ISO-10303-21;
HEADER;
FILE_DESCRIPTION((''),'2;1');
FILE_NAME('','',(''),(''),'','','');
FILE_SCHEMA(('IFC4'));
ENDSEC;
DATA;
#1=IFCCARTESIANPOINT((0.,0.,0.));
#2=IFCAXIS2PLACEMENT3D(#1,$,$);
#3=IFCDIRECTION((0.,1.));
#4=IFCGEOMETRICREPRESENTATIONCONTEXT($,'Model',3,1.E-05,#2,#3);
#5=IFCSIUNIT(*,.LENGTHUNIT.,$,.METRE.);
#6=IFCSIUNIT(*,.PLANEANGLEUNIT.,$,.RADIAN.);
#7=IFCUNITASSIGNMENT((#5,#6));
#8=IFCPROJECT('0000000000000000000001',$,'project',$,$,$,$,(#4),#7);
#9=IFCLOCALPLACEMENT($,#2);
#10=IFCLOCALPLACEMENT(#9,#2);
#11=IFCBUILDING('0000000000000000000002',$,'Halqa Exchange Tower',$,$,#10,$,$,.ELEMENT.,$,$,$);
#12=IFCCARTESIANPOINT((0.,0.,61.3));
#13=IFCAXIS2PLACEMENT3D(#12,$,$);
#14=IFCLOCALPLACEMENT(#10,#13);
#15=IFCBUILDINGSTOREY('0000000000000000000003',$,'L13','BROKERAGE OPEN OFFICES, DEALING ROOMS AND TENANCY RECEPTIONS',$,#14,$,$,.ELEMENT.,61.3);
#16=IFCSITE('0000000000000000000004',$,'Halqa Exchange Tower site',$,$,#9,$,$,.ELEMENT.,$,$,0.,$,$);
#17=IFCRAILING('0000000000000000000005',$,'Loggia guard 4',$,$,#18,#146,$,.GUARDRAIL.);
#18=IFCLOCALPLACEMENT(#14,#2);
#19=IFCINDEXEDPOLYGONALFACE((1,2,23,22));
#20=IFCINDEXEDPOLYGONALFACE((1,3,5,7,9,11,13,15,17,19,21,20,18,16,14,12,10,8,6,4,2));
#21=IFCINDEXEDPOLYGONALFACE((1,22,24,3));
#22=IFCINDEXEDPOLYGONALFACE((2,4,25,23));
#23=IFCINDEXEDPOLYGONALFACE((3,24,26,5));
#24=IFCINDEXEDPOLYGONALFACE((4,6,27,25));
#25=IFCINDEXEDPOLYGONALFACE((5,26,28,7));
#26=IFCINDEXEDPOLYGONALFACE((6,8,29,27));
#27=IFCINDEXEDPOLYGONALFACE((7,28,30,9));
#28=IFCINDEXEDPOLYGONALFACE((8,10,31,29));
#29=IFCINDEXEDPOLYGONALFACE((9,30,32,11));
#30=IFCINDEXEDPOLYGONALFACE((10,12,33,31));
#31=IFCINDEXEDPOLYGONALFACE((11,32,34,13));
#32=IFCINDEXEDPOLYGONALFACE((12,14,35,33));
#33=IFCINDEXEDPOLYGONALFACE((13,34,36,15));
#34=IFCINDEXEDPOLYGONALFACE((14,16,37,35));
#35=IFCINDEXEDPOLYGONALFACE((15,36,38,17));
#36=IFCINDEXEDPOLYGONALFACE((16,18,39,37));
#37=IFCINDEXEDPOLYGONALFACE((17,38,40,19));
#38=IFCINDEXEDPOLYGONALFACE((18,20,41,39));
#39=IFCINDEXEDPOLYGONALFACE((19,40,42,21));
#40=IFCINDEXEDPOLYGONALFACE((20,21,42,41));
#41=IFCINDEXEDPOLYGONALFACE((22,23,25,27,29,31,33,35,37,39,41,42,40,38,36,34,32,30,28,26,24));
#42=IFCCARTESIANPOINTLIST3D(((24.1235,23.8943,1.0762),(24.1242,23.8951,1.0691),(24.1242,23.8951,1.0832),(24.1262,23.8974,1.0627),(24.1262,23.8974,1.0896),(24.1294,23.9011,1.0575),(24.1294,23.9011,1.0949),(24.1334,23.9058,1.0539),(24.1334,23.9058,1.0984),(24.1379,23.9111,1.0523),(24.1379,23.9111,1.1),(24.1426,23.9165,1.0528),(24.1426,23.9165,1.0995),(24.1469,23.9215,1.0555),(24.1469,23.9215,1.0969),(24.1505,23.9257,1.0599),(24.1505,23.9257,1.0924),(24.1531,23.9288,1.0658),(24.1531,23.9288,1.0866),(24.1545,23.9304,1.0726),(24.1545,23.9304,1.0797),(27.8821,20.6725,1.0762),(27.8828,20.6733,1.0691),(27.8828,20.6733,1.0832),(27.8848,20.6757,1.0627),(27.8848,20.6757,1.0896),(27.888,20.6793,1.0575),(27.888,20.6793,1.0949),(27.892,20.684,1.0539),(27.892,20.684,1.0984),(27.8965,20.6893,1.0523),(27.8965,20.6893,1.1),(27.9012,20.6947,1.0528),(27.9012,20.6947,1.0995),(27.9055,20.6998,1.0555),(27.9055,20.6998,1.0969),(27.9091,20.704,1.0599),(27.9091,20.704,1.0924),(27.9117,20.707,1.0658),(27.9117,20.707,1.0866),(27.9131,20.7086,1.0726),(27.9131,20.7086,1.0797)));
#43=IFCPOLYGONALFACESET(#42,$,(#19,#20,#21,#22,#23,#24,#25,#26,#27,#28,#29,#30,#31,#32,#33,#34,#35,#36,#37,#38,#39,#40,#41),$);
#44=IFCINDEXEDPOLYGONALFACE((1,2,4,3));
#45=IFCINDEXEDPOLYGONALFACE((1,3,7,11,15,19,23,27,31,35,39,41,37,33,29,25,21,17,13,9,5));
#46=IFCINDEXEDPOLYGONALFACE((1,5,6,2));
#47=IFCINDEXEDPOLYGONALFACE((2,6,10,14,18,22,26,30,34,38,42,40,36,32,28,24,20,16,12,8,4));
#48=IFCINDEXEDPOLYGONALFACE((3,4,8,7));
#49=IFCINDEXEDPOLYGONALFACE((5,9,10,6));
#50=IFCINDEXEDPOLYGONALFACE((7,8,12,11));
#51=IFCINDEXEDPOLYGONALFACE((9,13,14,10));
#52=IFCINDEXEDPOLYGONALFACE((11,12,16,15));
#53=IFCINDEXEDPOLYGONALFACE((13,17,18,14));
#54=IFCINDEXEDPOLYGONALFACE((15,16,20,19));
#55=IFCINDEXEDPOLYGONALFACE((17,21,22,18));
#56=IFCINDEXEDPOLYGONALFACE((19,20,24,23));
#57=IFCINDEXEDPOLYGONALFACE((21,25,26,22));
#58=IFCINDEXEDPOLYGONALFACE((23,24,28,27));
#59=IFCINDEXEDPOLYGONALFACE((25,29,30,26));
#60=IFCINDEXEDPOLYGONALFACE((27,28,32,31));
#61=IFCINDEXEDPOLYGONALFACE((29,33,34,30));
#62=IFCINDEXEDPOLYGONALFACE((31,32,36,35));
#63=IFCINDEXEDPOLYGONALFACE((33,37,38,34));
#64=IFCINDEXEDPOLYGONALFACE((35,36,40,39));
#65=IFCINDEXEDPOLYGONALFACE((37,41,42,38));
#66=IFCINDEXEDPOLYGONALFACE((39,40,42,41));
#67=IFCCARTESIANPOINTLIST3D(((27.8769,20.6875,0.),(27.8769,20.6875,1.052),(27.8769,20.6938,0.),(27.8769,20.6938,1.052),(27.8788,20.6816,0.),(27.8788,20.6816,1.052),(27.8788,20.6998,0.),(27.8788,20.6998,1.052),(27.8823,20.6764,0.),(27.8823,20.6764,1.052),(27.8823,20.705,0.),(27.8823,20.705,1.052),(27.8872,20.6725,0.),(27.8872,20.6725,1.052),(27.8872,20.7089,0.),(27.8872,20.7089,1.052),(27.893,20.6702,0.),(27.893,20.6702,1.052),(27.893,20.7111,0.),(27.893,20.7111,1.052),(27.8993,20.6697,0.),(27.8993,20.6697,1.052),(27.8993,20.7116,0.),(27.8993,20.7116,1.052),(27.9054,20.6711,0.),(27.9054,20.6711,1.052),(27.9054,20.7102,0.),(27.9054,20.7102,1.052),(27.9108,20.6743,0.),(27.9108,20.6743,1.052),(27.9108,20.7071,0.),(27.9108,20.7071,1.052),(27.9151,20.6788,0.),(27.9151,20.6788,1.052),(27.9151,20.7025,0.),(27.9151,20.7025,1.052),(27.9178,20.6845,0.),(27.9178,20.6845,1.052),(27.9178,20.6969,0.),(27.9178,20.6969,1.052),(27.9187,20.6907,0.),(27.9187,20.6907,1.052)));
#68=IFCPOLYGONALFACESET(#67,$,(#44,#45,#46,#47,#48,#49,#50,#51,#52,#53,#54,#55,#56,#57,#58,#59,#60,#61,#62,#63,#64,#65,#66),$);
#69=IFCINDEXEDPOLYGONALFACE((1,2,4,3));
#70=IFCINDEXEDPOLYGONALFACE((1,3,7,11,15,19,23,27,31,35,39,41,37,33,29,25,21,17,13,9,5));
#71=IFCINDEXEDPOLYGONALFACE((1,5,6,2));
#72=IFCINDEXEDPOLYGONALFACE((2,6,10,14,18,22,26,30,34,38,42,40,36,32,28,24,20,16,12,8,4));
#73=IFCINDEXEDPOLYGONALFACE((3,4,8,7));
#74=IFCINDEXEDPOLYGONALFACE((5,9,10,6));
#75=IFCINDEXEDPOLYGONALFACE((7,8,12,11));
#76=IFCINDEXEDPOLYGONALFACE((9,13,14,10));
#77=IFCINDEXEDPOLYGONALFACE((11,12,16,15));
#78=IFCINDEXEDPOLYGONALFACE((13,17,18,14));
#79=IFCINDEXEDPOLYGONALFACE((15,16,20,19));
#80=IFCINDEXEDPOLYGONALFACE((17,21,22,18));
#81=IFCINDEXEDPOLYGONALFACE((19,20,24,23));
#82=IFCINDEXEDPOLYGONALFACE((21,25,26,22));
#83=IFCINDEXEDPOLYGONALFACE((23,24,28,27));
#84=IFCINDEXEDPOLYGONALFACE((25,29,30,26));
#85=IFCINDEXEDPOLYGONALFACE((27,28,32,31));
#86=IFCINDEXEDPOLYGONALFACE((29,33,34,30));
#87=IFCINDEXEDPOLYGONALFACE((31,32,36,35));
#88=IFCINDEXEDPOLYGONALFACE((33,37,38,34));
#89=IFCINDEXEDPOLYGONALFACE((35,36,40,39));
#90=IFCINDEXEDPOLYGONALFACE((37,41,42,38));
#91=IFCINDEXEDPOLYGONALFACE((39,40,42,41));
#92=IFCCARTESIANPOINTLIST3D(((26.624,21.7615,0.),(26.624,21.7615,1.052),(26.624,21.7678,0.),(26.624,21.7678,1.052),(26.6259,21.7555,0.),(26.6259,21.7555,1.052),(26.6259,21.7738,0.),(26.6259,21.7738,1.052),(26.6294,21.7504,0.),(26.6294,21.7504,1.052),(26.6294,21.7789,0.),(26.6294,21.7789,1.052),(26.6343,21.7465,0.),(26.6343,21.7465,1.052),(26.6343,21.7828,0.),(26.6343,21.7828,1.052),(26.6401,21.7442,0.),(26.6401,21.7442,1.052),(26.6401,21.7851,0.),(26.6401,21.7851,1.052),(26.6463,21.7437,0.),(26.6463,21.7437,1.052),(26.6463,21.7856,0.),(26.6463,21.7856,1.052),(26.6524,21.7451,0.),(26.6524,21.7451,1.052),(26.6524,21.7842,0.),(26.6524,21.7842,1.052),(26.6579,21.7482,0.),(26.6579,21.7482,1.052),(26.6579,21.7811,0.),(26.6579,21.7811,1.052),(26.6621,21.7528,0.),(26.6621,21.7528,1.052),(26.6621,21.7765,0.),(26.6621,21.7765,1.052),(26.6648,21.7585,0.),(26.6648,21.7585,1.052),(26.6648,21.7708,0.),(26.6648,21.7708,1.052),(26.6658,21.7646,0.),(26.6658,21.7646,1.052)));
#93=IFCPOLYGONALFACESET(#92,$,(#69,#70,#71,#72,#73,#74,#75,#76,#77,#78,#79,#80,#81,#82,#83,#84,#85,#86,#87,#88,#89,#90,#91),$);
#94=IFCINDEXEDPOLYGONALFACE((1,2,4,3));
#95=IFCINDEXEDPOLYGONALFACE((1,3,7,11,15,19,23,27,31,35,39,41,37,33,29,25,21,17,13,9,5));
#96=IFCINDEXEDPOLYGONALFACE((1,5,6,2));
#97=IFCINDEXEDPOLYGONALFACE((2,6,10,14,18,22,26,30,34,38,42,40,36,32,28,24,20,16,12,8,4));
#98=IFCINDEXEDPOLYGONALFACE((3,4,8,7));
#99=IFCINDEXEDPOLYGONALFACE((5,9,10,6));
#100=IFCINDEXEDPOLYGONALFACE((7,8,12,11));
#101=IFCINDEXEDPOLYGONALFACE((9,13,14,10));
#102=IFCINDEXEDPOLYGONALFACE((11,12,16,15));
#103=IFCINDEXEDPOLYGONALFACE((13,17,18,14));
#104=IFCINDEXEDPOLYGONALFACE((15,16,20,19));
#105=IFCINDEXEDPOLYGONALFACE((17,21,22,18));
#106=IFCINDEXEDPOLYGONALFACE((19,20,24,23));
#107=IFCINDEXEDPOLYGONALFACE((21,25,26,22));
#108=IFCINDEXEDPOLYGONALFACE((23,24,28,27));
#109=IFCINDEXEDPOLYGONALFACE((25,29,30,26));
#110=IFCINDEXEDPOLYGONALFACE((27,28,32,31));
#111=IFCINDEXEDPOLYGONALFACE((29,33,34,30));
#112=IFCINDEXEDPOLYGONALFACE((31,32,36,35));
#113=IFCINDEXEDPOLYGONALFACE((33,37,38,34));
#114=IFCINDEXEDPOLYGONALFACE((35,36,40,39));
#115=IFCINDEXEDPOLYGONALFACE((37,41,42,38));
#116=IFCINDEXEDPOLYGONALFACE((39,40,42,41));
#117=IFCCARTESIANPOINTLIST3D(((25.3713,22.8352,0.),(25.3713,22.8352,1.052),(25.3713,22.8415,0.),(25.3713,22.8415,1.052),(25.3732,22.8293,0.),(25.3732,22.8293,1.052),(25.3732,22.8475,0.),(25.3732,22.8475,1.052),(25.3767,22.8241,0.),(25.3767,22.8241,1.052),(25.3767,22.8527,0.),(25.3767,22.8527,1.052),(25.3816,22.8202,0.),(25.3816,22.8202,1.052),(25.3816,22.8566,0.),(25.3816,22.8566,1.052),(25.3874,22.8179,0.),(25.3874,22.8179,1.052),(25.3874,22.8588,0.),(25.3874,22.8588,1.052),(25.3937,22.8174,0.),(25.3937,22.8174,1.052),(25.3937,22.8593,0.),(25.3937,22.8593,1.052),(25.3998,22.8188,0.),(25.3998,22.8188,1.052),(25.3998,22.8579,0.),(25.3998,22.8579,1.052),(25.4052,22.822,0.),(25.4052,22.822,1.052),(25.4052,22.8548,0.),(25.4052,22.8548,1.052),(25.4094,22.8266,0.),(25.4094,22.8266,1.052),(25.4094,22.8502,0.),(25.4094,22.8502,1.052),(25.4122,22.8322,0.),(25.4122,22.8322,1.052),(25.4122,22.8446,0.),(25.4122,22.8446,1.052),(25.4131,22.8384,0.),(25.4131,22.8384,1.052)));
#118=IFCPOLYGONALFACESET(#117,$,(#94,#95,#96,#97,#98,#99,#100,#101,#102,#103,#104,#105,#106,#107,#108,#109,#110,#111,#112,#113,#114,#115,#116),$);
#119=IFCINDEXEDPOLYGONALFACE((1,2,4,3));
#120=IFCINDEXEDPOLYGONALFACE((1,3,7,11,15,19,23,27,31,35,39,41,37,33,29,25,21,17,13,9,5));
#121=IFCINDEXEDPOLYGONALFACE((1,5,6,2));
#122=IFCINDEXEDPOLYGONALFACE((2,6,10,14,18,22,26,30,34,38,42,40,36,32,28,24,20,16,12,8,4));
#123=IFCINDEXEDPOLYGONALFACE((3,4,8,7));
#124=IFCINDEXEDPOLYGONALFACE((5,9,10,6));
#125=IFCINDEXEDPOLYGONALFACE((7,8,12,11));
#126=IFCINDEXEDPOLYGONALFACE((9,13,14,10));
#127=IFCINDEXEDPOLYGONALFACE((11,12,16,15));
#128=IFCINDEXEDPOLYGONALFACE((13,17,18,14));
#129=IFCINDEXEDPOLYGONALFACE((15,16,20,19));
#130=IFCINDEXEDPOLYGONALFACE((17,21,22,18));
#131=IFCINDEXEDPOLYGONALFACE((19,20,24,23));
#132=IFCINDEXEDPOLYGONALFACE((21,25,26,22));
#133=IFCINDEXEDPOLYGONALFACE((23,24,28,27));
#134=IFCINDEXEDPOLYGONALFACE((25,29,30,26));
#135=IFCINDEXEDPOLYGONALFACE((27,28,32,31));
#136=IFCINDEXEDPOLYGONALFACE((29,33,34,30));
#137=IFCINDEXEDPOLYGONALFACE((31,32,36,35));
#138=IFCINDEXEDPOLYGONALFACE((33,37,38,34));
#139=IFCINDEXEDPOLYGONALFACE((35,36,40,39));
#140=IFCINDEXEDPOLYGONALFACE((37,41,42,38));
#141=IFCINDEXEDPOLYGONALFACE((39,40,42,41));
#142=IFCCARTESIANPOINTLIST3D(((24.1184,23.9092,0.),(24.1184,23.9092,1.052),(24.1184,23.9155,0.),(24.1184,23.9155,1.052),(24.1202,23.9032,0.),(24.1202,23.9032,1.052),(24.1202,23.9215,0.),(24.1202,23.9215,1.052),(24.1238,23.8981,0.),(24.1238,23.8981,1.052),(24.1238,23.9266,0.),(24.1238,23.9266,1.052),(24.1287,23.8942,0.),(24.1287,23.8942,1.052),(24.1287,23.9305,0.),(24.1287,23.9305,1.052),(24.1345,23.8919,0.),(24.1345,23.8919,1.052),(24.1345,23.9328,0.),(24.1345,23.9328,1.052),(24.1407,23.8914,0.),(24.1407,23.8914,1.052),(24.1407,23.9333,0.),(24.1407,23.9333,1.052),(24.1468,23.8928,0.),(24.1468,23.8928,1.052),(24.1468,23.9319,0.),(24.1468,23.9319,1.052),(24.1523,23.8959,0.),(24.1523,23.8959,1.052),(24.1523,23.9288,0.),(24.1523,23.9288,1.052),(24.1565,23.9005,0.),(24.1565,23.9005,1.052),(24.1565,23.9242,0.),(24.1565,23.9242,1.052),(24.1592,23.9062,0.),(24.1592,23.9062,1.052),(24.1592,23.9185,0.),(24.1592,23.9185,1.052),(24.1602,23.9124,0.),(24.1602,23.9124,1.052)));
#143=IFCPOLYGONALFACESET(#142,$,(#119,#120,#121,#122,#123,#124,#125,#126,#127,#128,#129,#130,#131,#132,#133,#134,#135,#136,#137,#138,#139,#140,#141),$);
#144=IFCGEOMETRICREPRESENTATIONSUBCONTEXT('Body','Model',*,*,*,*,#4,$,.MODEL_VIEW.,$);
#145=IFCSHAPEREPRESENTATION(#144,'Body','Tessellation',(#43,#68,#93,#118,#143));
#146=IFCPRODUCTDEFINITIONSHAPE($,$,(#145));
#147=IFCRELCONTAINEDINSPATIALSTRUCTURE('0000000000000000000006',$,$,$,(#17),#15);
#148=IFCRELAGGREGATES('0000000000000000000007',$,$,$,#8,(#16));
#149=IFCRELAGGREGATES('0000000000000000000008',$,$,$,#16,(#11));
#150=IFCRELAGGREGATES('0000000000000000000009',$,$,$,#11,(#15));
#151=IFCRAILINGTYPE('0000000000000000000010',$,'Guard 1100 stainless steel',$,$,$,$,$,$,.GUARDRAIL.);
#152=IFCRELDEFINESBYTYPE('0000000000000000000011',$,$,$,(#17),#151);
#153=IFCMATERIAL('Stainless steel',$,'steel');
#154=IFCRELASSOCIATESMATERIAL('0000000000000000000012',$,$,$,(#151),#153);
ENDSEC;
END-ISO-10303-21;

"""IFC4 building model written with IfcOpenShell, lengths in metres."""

from ifc_helpers import new_model, si_unit, direction, frame, origin, origin_2d, place, context, subcontext, project, spatial, circle, extrude, material, type_object, element, save


model = new_model("IFC4")

# Units and contexts
model_context = context("Model", 3, precision=1e-05, world=origin(), true_north=direction((0.0, 1.0)))
body_context = subcontext(model_context, "Body", "Model", "MODEL_VIEW")
ifc_project = project(units=[si_unit("LENGTHUNIT", "METRE"), si_unit("PLANEANGLEUNIT", "RADIAN")], contexts=[model_context])

# Site, building, storey
site_placement = place(None, origin())
site = spatial("IfcSite", under=ifc_project, at=site_placement, Name="Halqa Exchange Tower site", CompositionType="ELEMENT", RefElevation=0.0)
building_placement = place(site_placement, origin())
building = spatial("IfcBuilding", under=site, at=building_placement, Name="Halqa Exchange Tower", CompositionType="ELEMENT")
storey_placement = place(building_placement, frame((0.0, 0.0, 61.3)))
storey = spatial("IfcBuildingStorey", under=building, at=storey_placement, Name="L13", Description="BROKERAGE OPEN OFFICES, DEALING ROOMS AND TENANCY RECEPTIONS", CompositionType="ELEMENT", Elevation=61.3)

# Railing
ifc_material_1 = material(Name="Stainless steel", Category="steel")
railing_type = type_object("IfcRailingType", Name="Guard 1100 stainless steel", PredefinedType="GUARDRAIL", material=ifc_material_1)
railing_1_placement = place(storey_placement, frame((27.8977, 20.6907, 0.0)))
element("IfcRailing", 1, at=railing_1_placement, inside=storey, type_object=railing_type, Name="Loggia guard 4", PredefinedType="GUARDRAIL", context=body_context, shape_type="SweptSolid", body=[
    extrude(circle(Radius=0.0239, at=origin_2d()), frame((0.0, 0.0, 1.0762), z_axis=(-0.75925, 0.650799, 0.0), x_axis=(-0.650799, -0.75925, 0.0)), (0.0, 0.0, 1.0), 4.9504),
    extrude(circle(Radius=0.021, at=origin_2d()), origin(), (0.0, 0.0, 1.0), 1.052),
    extrude(circle(Radius=0.021, at=origin_2d()), frame((-1.2529, 1.074, 0.0)), (0.0, 0.0, 1.0), 1.052),
    extrude(circle(Radius=0.021, at=origin_2d()), frame((-2.5056, 2.1477, 0.0)), (0.0, 0.0, 1.0), 1.052),
    extrude(circle(Radius=0.021, at=origin_2d()), frame((-3.7585, 3.2217, 0.0)), (0.0, 0.0, 1.0), 1.052),
])

save(model, "model.ifc")
